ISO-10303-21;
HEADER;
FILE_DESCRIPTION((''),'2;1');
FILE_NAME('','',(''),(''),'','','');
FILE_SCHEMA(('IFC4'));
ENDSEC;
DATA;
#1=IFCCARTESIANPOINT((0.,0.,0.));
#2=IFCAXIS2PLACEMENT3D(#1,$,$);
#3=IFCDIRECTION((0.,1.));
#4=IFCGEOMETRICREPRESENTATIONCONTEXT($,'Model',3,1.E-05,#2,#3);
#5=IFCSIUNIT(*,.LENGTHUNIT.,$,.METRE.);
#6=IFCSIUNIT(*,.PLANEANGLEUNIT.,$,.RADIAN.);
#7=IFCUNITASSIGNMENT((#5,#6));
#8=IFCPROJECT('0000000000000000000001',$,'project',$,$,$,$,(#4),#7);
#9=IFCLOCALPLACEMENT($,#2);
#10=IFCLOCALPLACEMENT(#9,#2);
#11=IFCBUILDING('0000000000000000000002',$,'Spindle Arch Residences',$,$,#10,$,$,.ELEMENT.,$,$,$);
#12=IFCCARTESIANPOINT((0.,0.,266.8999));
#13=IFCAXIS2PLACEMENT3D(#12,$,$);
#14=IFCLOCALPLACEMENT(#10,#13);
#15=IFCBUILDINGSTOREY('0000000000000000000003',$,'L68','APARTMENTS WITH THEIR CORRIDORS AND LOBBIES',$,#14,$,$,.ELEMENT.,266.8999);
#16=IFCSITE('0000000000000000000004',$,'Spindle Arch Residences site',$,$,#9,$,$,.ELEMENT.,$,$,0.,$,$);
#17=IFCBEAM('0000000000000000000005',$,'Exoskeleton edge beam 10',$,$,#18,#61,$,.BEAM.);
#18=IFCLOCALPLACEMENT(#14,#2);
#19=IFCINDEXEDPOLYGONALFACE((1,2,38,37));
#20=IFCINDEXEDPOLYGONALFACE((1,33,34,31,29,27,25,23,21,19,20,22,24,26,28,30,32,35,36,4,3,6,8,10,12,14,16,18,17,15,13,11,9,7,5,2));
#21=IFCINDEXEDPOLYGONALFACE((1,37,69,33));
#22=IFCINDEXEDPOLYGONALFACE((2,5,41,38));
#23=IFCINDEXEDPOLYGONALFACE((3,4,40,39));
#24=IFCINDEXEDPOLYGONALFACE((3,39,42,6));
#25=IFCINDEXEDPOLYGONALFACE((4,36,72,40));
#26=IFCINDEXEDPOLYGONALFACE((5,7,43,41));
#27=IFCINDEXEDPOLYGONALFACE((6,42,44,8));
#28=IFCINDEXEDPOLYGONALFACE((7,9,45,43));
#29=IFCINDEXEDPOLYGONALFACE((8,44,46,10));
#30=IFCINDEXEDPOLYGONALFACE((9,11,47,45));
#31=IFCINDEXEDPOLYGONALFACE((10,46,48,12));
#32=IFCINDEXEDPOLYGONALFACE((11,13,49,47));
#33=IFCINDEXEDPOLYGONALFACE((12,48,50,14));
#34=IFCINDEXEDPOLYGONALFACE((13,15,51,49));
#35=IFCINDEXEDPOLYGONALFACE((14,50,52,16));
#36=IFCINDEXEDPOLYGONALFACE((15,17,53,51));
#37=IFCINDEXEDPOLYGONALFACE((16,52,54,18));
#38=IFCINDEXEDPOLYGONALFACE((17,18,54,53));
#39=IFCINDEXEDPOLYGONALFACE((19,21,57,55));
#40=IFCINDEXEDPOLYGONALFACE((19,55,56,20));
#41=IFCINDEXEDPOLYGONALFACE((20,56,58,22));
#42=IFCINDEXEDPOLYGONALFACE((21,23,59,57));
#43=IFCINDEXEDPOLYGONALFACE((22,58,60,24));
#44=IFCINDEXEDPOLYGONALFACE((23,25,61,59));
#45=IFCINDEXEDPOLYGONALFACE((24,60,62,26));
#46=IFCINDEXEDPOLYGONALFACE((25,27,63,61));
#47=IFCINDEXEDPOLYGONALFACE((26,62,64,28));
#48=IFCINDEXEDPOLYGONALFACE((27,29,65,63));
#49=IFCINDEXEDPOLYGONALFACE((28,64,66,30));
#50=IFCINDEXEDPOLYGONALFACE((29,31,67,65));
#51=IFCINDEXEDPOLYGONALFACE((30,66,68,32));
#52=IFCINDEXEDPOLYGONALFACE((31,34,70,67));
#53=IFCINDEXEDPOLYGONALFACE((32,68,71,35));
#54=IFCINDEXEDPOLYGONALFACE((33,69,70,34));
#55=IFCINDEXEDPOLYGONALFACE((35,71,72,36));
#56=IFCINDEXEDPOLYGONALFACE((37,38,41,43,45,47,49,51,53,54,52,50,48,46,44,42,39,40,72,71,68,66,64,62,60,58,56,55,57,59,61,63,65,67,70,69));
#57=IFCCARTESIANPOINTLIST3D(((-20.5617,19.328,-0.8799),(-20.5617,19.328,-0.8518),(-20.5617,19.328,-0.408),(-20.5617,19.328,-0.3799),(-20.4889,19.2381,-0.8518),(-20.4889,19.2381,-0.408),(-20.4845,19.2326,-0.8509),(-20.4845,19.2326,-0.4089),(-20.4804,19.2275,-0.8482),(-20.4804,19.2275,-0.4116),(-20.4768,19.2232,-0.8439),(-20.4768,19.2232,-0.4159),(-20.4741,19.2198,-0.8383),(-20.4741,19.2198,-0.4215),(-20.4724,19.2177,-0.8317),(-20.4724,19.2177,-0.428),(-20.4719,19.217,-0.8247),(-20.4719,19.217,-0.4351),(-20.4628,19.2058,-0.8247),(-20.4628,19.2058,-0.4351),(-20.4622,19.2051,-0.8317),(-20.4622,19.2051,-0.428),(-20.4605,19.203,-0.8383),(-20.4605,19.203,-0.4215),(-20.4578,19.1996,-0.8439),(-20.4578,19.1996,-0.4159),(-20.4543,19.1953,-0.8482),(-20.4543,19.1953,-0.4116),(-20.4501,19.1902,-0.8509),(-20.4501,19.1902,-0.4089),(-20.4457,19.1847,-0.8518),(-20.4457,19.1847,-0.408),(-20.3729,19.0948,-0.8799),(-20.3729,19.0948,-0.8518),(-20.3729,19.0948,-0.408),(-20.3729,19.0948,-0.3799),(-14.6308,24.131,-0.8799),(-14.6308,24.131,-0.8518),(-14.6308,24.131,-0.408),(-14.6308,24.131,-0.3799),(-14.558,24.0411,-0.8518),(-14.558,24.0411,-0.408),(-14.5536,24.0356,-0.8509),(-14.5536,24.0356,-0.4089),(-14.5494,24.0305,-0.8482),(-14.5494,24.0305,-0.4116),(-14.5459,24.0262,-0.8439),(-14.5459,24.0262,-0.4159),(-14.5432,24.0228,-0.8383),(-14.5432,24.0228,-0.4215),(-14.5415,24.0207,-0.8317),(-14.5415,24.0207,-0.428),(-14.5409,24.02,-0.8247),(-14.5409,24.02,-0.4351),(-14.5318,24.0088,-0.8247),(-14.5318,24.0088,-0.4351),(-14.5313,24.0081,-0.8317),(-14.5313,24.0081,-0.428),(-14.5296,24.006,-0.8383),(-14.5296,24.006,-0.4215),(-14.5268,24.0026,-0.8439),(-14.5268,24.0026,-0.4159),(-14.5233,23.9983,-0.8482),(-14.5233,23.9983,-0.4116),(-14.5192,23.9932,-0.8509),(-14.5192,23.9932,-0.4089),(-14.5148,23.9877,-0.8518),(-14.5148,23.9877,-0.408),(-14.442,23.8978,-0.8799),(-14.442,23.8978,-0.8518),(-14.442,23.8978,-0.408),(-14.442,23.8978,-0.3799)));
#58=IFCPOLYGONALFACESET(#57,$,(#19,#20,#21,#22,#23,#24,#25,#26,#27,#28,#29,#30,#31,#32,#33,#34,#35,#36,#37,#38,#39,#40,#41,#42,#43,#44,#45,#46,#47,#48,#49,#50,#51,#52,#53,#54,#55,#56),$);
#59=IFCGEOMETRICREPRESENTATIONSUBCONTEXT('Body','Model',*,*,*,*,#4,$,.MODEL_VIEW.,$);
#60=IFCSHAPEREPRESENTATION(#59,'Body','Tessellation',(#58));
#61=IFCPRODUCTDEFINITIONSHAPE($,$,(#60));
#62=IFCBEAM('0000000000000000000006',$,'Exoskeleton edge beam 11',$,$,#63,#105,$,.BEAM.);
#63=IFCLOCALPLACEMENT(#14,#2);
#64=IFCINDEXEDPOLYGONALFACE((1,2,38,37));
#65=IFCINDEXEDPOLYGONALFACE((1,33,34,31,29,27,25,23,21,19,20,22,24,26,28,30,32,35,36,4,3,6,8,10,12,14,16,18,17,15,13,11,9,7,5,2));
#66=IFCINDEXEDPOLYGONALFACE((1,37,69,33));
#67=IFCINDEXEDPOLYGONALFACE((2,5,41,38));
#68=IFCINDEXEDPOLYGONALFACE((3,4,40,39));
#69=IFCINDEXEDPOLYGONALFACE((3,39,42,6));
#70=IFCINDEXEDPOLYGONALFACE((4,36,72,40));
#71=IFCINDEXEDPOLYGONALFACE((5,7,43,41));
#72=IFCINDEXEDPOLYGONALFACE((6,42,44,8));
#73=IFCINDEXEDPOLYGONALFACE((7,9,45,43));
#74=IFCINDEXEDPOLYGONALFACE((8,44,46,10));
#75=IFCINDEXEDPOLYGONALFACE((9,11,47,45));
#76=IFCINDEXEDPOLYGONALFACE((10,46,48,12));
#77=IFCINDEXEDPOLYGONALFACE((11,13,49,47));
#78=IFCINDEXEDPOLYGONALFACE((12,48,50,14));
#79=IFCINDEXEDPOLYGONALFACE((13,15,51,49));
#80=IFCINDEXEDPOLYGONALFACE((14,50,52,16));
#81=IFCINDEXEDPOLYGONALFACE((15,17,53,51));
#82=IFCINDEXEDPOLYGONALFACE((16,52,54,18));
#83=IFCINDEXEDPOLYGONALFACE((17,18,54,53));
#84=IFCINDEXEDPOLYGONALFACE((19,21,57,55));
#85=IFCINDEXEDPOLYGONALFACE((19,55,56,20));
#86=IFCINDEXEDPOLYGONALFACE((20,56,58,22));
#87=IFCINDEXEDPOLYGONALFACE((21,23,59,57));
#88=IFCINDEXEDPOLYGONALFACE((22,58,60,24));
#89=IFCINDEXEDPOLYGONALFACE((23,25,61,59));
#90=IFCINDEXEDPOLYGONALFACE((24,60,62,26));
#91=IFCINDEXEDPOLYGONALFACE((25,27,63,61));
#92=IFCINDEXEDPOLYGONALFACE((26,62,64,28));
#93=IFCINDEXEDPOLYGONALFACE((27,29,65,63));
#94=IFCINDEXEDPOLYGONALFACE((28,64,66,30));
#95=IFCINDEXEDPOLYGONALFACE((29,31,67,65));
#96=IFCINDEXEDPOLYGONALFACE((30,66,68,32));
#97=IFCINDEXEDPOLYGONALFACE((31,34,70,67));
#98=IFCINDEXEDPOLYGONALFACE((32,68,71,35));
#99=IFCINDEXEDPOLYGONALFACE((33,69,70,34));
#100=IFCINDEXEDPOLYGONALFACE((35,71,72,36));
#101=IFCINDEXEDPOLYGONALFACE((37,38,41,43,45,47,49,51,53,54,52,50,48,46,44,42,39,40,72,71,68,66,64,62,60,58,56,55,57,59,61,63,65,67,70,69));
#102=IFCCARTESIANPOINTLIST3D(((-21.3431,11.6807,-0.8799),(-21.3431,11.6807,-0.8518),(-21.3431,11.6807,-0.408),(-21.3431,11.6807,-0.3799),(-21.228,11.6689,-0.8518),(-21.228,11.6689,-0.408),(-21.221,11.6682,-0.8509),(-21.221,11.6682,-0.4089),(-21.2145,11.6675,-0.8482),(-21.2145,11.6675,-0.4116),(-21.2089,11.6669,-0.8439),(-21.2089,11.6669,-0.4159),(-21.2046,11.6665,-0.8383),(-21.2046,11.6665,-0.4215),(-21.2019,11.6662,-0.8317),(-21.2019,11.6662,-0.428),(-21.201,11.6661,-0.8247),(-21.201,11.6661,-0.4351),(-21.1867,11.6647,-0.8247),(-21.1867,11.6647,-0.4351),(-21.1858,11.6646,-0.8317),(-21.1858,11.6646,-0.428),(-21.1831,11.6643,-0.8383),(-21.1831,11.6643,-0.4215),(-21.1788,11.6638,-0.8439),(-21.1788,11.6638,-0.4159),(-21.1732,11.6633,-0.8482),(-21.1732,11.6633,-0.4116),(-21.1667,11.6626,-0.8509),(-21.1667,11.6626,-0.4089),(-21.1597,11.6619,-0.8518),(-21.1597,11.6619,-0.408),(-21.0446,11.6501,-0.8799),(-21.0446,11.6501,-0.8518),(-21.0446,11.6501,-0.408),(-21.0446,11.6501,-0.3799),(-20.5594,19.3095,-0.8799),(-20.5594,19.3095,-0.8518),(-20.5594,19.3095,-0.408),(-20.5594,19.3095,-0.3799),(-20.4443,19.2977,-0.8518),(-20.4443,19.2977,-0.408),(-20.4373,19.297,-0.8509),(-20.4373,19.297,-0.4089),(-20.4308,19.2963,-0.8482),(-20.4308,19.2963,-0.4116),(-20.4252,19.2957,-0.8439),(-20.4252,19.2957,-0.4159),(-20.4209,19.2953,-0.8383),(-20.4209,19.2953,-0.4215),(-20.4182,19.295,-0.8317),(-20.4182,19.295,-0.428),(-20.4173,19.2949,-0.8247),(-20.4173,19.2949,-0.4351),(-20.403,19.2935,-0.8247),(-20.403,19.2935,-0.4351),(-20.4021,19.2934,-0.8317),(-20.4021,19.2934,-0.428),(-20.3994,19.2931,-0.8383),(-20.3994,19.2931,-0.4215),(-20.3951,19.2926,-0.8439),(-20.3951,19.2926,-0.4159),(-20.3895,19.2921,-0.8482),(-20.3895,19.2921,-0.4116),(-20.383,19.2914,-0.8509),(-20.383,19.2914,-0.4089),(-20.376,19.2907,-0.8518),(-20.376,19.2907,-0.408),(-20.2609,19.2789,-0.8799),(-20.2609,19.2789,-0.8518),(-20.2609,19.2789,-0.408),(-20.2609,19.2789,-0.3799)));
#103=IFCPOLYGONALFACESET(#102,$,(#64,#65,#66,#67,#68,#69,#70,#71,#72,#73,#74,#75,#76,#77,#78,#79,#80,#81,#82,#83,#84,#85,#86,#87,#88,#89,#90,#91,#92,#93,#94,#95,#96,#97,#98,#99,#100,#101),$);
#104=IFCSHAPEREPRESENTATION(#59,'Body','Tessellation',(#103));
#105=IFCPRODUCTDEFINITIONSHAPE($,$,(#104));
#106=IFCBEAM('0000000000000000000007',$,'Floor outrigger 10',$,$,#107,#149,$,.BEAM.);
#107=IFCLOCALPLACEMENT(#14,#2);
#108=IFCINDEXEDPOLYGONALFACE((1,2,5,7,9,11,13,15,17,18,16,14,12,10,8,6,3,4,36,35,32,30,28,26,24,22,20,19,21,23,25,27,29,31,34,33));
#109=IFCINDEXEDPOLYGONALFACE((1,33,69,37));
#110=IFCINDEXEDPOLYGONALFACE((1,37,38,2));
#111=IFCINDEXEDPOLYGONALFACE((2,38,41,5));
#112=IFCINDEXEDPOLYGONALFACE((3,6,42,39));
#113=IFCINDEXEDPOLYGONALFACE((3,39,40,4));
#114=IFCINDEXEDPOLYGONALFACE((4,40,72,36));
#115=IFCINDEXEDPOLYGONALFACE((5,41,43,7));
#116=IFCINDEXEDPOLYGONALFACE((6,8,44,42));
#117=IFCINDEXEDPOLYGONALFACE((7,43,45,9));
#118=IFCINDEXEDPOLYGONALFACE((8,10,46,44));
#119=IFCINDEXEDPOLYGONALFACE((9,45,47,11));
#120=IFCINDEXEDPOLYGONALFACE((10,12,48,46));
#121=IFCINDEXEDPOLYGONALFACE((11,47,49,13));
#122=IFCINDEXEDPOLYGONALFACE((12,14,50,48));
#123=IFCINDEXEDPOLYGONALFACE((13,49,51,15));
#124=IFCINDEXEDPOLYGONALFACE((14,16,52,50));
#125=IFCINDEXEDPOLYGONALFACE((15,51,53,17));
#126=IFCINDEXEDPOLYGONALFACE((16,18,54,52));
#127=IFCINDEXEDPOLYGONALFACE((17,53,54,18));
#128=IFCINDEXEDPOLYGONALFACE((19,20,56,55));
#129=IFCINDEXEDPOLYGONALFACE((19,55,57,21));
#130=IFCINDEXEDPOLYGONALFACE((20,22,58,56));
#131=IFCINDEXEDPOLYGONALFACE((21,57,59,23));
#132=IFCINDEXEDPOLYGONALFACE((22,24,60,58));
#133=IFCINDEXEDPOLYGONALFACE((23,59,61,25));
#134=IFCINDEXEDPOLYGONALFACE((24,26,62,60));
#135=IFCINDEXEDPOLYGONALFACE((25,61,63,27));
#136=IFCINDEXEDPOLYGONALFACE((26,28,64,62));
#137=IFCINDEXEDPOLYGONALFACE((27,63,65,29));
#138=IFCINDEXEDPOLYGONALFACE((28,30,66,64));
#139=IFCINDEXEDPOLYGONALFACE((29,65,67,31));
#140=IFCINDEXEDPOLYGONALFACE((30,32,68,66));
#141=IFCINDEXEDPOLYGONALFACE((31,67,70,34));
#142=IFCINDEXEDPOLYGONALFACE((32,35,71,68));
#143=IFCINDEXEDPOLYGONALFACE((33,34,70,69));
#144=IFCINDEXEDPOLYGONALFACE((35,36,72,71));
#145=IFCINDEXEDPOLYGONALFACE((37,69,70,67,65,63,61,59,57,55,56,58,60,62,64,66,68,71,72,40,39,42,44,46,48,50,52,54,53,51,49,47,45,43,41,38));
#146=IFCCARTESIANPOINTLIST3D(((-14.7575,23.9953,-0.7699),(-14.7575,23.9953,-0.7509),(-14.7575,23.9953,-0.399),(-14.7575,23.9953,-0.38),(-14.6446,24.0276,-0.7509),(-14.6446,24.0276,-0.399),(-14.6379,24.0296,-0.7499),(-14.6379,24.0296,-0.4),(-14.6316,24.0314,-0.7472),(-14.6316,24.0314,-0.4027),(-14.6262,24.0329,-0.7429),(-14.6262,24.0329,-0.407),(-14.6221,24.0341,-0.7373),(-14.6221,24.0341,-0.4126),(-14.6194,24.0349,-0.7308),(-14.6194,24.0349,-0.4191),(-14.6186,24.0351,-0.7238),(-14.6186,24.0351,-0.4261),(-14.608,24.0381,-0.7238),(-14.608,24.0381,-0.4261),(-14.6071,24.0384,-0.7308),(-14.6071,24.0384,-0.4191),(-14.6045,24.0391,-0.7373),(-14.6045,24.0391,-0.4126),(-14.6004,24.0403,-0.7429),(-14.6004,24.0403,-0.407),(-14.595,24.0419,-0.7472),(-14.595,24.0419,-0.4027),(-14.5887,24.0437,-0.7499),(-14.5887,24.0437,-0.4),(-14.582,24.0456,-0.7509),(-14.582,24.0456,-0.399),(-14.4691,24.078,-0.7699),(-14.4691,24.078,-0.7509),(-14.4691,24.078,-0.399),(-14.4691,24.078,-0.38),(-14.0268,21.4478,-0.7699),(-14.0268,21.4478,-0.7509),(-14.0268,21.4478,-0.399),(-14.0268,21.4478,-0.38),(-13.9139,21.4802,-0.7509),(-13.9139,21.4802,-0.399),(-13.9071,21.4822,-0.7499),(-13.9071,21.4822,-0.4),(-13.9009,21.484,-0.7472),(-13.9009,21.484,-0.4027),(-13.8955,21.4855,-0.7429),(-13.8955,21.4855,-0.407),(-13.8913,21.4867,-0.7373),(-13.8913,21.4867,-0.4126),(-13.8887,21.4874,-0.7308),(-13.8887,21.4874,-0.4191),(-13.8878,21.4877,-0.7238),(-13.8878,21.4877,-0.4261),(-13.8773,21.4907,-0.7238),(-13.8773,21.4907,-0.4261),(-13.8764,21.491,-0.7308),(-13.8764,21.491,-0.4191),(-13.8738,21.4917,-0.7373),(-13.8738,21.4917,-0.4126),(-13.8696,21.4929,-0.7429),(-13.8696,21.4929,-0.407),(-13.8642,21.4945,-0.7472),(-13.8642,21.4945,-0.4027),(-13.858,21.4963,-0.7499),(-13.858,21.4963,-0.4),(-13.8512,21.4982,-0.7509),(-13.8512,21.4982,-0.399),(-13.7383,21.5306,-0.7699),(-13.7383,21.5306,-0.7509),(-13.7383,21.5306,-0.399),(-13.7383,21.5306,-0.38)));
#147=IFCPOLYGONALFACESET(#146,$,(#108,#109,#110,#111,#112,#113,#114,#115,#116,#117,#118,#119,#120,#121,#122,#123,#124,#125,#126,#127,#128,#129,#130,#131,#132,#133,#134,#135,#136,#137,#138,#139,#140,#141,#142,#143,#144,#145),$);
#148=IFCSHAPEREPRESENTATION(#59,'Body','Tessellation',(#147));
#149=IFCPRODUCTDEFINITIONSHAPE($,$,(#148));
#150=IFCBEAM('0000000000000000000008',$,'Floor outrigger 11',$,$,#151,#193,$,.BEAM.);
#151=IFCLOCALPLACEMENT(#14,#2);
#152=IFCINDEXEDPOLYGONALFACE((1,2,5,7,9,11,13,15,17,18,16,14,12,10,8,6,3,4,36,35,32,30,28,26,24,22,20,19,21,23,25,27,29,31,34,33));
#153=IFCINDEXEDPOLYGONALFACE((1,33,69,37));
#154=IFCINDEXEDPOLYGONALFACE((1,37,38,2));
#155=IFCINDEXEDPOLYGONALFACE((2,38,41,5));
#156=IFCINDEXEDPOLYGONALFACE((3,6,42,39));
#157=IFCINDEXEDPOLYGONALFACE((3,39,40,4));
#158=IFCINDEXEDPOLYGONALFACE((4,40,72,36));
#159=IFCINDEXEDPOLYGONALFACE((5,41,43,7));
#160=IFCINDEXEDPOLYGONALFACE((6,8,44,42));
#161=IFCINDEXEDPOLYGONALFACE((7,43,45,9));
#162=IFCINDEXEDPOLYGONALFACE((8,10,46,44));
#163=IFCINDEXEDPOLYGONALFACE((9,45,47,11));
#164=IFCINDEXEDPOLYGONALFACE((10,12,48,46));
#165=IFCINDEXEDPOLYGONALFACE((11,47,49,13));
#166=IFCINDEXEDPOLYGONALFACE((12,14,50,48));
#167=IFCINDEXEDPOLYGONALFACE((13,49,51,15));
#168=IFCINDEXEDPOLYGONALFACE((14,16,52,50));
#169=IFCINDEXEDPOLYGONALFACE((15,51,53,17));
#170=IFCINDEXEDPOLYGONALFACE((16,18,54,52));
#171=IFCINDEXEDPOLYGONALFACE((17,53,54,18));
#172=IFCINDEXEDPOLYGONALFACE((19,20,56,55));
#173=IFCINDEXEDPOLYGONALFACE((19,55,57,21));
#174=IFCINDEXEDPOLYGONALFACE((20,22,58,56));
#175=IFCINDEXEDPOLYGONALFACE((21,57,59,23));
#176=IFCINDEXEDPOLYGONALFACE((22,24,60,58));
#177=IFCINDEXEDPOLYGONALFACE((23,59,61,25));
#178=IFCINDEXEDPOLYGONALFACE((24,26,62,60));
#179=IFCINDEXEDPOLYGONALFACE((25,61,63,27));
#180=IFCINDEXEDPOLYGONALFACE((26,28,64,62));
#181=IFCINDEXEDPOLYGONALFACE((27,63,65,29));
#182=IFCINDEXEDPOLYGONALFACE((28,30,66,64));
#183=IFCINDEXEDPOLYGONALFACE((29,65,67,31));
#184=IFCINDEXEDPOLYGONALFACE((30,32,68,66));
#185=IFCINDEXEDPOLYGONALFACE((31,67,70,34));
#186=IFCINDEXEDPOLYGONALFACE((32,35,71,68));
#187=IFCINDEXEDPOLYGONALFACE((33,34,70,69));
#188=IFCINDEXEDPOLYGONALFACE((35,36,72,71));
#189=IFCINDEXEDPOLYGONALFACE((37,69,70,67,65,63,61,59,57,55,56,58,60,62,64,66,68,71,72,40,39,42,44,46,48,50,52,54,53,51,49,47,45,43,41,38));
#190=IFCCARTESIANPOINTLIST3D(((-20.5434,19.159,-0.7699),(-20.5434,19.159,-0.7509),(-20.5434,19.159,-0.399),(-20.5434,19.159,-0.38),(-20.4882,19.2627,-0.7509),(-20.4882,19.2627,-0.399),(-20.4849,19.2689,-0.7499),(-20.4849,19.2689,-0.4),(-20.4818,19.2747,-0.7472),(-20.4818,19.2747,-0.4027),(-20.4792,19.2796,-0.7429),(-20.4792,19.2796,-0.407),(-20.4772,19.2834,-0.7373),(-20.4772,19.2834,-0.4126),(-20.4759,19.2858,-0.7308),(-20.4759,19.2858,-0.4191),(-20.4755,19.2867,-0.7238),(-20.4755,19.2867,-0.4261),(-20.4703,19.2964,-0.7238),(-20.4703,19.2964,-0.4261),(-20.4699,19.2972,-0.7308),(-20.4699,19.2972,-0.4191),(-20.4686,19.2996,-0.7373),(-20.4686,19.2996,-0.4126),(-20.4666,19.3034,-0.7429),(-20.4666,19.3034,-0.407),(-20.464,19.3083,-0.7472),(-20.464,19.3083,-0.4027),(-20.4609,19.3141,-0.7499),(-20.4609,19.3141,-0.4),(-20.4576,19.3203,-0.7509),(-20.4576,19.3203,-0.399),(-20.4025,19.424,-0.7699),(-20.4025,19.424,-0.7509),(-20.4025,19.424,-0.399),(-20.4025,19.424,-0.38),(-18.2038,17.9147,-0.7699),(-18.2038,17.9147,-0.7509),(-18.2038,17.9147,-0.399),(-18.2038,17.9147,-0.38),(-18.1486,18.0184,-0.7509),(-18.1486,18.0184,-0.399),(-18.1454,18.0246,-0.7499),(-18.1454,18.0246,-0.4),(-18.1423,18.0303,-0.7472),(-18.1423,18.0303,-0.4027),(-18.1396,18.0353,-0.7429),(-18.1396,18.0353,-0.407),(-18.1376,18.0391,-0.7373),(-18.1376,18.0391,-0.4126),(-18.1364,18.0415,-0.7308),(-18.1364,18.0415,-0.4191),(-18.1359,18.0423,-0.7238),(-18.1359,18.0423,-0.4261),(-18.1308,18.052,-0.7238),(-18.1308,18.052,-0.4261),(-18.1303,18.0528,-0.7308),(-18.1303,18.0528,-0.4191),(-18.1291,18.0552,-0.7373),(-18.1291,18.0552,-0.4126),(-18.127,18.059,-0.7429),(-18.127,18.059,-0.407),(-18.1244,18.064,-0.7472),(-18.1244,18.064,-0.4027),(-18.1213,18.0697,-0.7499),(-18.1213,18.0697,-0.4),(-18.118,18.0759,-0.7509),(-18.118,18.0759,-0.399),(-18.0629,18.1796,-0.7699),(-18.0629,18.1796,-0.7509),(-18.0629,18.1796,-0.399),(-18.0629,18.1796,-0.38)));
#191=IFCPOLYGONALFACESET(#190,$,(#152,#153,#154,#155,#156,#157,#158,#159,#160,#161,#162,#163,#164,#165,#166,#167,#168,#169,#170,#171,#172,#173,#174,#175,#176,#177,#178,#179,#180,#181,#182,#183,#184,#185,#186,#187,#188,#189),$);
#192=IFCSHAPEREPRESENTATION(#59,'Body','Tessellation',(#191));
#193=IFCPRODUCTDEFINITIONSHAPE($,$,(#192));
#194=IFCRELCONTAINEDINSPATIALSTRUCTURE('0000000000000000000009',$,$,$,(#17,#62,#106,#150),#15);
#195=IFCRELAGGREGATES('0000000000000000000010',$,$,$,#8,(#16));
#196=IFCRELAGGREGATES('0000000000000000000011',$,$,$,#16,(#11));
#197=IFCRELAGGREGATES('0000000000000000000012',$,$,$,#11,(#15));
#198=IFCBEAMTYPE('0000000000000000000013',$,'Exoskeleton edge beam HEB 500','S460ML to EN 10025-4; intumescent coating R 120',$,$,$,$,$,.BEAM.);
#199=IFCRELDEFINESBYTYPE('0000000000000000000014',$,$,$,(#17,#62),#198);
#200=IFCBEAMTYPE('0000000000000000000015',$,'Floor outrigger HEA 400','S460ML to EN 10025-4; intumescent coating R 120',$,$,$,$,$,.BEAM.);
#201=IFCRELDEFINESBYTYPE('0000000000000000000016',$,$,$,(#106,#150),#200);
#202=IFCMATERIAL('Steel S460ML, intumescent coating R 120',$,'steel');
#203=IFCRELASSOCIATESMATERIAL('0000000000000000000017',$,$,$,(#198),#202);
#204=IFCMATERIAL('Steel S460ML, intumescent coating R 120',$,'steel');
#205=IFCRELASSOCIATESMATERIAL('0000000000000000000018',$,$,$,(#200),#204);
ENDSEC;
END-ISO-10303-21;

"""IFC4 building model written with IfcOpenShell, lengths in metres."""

from ifc_helpers import new_model, si_unit, direction, frame, origin, origin_2d, place, context, subcontext, project, spatial, i_section, extrude, material, material_profile, profile_set, type_object, element, save


model = new_model("IFC4")

# Units and contexts
model_context = context("Model", 3, precision=1e-05, world=origin(), true_north=direction((0.0, 1.0)))
body_context = subcontext(model_context, "Body", "Model", "MODEL_VIEW")
ifc_project = project(units=[si_unit("LENGTHUNIT", "METRE"), si_unit("PLANEANGLEUNIT", "RADIAN")], contexts=[model_context])

# Site, building, storey
site_placement = place(None, origin())
site = spatial("IfcSite", under=ifc_project, at=site_placement, Name="Spindle Arch Residences site", CompositionType="ELEMENT", RefElevation=0.0)
building_placement = place(site_placement, origin())
building = spatial("IfcBuilding", under=site, at=building_placement, Name="Spindle Arch Residences", CompositionType="ELEMENT")
storey_placement = place(building_placement, frame((0.0, 0.0, 266.8999)))
storey = spatial("IfcBuildingStorey", under=building, at=storey_placement, Name="L68", Description="APARTMENTS WITH THEIR CORRIDORS AND LOBBIES", CompositionType="ELEMENT", Elevation=266.8999)

# Beams
ifc_material_1 = material(Name="Steel S460ML, intumescent coating R 120", Category="steel")
ifc_material_profile_1 = material_profile(ifc_material_1, i_section(OverallWidth=0.3, OverallDepth=0.5, WebThickness=0.0144, FlangeThickness=0.0281, FilletRadius=0.0271, at=origin_2d()), Name="HEB 500")
ifc_profile_set_1 = profile_set([ifc_material_profile_1], Name="Steel S460ML, intumescent coating R 120")
beam_type_1 = type_object("IfcBeamType", Name="Exoskeleton edge beam HEB 500", Description="S460ML to EN 10025-4; intumescent coating R 120", PredefinedType="BEAM", material=ifc_profile_set_1)
beam_1_placement = place(storey_placement, frame((-14.5364, 24.0144, -0.6299), z_axis=(-0.777132, -0.629338, 0.0), x_axis=(0.629338, -0.777132, 0.0)))
element("IfcBeam", 1, at=beam_1_placement, inside=storey, type_object=beam_type_1, Name="Exoskeleton edge beam 10", PredefinedType="BEAM", context=body_context, shape_type="SweptSolid", body=[
    extrude(i_section(OverallWidth=0.3, OverallDepth=0.5, WebThickness=0.0144, FlangeThickness=0.0281, FilletRadius=0.0271, at=origin_2d()), origin(), (0.0, 0.0, 1.0), 7.6318),
])
beam_2_placement = place(storey_placement, frame((-20.4102, 19.2942, -0.6299), z_axis=(-0.102189, -0.994765, 0.0), x_axis=(0.994765, -0.102189, 0.0)))
element("IfcBeam", 2, at=beam_2_placement, inside=storey, type_object=beam_type_1, Name="Exoskeleton edge beam 11", PredefinedType="BEAM", context=body_context, shape_type="SweptSolid", body=[
    extrude(i_section(OverallWidth=0.3, OverallDepth=0.5, WebThickness=0.0144, FlangeThickness=0.0281, FilletRadius=0.0271, at=origin_2d()), origin(), (0.0, 0.0, 1.0), 7.6689),
])
ifc_material_2 = material(Name="Steel S460ML, intumescent coating R 120", Category="steel")
ifc_material_profile_2 = material_profile(ifc_material_2, i_section(OverallWidth=0.3, OverallDepth=0.3899, WebThickness=0.011, FlangeThickness=0.019, FilletRadius=0.0271, at=origin_2d()), Name="HEA 400")
ifc_profile_set_2 = profile_set([ifc_material_profile_2], Name="Steel S460ML, intumescent coating R 120")
beam_type_2 = type_object("IfcBeamType", Name="Floor outrigger HEA 400", Description="S460ML to EN 10025-4; intumescent coating R 120", PredefinedType="BEAM", material=ifc_profile_set_2)
beam_3_placement = place(storey_placement, frame((-14.6133, 24.0366, -0.575), z_axis=(0.275731, -0.961235, 0.0), x_axis=(0.961235, 0.275731, 0.0)))
element("IfcBeam", 3, at=beam_3_placement, inside=storey, type_object=beam_type_2, Name="Floor outrigger 10", PredefinedType="BEAM", context=body_context, shape_type="SweptSolid", body=[
    extrude(i_section(OverallWidth=0.3, OverallDepth=0.3899, WebThickness=0.011, FlangeThickness=0.019, FilletRadius=0.0271, at=origin_2d()), origin(), (0.0, 0.0, 1.0), 2.6501),
])
beam_4_placement = place(storey_placement, frame((-20.4729, 19.2915, -0.575), z_axis=(0.882885, -0.469589, 0.0), x_axis=(0.469589, 0.882885, 0.0)))
element("IfcBeam", 4, at=beam_4_placement, inside=storey, type_object=beam_type_2, Name="Floor outrigger 11", PredefinedType="BEAM", context=body_context, shape_type="SweptSolid", body=[
    extrude(i_section(OverallWidth=0.3, OverallDepth=0.3899, WebThickness=0.011, FlangeThickness=0.019, FilletRadius=0.0271, at=origin_2d()), origin(), (0.0, 0.0, 1.0), 2.6499),
])

save(model, "model.ifc")
